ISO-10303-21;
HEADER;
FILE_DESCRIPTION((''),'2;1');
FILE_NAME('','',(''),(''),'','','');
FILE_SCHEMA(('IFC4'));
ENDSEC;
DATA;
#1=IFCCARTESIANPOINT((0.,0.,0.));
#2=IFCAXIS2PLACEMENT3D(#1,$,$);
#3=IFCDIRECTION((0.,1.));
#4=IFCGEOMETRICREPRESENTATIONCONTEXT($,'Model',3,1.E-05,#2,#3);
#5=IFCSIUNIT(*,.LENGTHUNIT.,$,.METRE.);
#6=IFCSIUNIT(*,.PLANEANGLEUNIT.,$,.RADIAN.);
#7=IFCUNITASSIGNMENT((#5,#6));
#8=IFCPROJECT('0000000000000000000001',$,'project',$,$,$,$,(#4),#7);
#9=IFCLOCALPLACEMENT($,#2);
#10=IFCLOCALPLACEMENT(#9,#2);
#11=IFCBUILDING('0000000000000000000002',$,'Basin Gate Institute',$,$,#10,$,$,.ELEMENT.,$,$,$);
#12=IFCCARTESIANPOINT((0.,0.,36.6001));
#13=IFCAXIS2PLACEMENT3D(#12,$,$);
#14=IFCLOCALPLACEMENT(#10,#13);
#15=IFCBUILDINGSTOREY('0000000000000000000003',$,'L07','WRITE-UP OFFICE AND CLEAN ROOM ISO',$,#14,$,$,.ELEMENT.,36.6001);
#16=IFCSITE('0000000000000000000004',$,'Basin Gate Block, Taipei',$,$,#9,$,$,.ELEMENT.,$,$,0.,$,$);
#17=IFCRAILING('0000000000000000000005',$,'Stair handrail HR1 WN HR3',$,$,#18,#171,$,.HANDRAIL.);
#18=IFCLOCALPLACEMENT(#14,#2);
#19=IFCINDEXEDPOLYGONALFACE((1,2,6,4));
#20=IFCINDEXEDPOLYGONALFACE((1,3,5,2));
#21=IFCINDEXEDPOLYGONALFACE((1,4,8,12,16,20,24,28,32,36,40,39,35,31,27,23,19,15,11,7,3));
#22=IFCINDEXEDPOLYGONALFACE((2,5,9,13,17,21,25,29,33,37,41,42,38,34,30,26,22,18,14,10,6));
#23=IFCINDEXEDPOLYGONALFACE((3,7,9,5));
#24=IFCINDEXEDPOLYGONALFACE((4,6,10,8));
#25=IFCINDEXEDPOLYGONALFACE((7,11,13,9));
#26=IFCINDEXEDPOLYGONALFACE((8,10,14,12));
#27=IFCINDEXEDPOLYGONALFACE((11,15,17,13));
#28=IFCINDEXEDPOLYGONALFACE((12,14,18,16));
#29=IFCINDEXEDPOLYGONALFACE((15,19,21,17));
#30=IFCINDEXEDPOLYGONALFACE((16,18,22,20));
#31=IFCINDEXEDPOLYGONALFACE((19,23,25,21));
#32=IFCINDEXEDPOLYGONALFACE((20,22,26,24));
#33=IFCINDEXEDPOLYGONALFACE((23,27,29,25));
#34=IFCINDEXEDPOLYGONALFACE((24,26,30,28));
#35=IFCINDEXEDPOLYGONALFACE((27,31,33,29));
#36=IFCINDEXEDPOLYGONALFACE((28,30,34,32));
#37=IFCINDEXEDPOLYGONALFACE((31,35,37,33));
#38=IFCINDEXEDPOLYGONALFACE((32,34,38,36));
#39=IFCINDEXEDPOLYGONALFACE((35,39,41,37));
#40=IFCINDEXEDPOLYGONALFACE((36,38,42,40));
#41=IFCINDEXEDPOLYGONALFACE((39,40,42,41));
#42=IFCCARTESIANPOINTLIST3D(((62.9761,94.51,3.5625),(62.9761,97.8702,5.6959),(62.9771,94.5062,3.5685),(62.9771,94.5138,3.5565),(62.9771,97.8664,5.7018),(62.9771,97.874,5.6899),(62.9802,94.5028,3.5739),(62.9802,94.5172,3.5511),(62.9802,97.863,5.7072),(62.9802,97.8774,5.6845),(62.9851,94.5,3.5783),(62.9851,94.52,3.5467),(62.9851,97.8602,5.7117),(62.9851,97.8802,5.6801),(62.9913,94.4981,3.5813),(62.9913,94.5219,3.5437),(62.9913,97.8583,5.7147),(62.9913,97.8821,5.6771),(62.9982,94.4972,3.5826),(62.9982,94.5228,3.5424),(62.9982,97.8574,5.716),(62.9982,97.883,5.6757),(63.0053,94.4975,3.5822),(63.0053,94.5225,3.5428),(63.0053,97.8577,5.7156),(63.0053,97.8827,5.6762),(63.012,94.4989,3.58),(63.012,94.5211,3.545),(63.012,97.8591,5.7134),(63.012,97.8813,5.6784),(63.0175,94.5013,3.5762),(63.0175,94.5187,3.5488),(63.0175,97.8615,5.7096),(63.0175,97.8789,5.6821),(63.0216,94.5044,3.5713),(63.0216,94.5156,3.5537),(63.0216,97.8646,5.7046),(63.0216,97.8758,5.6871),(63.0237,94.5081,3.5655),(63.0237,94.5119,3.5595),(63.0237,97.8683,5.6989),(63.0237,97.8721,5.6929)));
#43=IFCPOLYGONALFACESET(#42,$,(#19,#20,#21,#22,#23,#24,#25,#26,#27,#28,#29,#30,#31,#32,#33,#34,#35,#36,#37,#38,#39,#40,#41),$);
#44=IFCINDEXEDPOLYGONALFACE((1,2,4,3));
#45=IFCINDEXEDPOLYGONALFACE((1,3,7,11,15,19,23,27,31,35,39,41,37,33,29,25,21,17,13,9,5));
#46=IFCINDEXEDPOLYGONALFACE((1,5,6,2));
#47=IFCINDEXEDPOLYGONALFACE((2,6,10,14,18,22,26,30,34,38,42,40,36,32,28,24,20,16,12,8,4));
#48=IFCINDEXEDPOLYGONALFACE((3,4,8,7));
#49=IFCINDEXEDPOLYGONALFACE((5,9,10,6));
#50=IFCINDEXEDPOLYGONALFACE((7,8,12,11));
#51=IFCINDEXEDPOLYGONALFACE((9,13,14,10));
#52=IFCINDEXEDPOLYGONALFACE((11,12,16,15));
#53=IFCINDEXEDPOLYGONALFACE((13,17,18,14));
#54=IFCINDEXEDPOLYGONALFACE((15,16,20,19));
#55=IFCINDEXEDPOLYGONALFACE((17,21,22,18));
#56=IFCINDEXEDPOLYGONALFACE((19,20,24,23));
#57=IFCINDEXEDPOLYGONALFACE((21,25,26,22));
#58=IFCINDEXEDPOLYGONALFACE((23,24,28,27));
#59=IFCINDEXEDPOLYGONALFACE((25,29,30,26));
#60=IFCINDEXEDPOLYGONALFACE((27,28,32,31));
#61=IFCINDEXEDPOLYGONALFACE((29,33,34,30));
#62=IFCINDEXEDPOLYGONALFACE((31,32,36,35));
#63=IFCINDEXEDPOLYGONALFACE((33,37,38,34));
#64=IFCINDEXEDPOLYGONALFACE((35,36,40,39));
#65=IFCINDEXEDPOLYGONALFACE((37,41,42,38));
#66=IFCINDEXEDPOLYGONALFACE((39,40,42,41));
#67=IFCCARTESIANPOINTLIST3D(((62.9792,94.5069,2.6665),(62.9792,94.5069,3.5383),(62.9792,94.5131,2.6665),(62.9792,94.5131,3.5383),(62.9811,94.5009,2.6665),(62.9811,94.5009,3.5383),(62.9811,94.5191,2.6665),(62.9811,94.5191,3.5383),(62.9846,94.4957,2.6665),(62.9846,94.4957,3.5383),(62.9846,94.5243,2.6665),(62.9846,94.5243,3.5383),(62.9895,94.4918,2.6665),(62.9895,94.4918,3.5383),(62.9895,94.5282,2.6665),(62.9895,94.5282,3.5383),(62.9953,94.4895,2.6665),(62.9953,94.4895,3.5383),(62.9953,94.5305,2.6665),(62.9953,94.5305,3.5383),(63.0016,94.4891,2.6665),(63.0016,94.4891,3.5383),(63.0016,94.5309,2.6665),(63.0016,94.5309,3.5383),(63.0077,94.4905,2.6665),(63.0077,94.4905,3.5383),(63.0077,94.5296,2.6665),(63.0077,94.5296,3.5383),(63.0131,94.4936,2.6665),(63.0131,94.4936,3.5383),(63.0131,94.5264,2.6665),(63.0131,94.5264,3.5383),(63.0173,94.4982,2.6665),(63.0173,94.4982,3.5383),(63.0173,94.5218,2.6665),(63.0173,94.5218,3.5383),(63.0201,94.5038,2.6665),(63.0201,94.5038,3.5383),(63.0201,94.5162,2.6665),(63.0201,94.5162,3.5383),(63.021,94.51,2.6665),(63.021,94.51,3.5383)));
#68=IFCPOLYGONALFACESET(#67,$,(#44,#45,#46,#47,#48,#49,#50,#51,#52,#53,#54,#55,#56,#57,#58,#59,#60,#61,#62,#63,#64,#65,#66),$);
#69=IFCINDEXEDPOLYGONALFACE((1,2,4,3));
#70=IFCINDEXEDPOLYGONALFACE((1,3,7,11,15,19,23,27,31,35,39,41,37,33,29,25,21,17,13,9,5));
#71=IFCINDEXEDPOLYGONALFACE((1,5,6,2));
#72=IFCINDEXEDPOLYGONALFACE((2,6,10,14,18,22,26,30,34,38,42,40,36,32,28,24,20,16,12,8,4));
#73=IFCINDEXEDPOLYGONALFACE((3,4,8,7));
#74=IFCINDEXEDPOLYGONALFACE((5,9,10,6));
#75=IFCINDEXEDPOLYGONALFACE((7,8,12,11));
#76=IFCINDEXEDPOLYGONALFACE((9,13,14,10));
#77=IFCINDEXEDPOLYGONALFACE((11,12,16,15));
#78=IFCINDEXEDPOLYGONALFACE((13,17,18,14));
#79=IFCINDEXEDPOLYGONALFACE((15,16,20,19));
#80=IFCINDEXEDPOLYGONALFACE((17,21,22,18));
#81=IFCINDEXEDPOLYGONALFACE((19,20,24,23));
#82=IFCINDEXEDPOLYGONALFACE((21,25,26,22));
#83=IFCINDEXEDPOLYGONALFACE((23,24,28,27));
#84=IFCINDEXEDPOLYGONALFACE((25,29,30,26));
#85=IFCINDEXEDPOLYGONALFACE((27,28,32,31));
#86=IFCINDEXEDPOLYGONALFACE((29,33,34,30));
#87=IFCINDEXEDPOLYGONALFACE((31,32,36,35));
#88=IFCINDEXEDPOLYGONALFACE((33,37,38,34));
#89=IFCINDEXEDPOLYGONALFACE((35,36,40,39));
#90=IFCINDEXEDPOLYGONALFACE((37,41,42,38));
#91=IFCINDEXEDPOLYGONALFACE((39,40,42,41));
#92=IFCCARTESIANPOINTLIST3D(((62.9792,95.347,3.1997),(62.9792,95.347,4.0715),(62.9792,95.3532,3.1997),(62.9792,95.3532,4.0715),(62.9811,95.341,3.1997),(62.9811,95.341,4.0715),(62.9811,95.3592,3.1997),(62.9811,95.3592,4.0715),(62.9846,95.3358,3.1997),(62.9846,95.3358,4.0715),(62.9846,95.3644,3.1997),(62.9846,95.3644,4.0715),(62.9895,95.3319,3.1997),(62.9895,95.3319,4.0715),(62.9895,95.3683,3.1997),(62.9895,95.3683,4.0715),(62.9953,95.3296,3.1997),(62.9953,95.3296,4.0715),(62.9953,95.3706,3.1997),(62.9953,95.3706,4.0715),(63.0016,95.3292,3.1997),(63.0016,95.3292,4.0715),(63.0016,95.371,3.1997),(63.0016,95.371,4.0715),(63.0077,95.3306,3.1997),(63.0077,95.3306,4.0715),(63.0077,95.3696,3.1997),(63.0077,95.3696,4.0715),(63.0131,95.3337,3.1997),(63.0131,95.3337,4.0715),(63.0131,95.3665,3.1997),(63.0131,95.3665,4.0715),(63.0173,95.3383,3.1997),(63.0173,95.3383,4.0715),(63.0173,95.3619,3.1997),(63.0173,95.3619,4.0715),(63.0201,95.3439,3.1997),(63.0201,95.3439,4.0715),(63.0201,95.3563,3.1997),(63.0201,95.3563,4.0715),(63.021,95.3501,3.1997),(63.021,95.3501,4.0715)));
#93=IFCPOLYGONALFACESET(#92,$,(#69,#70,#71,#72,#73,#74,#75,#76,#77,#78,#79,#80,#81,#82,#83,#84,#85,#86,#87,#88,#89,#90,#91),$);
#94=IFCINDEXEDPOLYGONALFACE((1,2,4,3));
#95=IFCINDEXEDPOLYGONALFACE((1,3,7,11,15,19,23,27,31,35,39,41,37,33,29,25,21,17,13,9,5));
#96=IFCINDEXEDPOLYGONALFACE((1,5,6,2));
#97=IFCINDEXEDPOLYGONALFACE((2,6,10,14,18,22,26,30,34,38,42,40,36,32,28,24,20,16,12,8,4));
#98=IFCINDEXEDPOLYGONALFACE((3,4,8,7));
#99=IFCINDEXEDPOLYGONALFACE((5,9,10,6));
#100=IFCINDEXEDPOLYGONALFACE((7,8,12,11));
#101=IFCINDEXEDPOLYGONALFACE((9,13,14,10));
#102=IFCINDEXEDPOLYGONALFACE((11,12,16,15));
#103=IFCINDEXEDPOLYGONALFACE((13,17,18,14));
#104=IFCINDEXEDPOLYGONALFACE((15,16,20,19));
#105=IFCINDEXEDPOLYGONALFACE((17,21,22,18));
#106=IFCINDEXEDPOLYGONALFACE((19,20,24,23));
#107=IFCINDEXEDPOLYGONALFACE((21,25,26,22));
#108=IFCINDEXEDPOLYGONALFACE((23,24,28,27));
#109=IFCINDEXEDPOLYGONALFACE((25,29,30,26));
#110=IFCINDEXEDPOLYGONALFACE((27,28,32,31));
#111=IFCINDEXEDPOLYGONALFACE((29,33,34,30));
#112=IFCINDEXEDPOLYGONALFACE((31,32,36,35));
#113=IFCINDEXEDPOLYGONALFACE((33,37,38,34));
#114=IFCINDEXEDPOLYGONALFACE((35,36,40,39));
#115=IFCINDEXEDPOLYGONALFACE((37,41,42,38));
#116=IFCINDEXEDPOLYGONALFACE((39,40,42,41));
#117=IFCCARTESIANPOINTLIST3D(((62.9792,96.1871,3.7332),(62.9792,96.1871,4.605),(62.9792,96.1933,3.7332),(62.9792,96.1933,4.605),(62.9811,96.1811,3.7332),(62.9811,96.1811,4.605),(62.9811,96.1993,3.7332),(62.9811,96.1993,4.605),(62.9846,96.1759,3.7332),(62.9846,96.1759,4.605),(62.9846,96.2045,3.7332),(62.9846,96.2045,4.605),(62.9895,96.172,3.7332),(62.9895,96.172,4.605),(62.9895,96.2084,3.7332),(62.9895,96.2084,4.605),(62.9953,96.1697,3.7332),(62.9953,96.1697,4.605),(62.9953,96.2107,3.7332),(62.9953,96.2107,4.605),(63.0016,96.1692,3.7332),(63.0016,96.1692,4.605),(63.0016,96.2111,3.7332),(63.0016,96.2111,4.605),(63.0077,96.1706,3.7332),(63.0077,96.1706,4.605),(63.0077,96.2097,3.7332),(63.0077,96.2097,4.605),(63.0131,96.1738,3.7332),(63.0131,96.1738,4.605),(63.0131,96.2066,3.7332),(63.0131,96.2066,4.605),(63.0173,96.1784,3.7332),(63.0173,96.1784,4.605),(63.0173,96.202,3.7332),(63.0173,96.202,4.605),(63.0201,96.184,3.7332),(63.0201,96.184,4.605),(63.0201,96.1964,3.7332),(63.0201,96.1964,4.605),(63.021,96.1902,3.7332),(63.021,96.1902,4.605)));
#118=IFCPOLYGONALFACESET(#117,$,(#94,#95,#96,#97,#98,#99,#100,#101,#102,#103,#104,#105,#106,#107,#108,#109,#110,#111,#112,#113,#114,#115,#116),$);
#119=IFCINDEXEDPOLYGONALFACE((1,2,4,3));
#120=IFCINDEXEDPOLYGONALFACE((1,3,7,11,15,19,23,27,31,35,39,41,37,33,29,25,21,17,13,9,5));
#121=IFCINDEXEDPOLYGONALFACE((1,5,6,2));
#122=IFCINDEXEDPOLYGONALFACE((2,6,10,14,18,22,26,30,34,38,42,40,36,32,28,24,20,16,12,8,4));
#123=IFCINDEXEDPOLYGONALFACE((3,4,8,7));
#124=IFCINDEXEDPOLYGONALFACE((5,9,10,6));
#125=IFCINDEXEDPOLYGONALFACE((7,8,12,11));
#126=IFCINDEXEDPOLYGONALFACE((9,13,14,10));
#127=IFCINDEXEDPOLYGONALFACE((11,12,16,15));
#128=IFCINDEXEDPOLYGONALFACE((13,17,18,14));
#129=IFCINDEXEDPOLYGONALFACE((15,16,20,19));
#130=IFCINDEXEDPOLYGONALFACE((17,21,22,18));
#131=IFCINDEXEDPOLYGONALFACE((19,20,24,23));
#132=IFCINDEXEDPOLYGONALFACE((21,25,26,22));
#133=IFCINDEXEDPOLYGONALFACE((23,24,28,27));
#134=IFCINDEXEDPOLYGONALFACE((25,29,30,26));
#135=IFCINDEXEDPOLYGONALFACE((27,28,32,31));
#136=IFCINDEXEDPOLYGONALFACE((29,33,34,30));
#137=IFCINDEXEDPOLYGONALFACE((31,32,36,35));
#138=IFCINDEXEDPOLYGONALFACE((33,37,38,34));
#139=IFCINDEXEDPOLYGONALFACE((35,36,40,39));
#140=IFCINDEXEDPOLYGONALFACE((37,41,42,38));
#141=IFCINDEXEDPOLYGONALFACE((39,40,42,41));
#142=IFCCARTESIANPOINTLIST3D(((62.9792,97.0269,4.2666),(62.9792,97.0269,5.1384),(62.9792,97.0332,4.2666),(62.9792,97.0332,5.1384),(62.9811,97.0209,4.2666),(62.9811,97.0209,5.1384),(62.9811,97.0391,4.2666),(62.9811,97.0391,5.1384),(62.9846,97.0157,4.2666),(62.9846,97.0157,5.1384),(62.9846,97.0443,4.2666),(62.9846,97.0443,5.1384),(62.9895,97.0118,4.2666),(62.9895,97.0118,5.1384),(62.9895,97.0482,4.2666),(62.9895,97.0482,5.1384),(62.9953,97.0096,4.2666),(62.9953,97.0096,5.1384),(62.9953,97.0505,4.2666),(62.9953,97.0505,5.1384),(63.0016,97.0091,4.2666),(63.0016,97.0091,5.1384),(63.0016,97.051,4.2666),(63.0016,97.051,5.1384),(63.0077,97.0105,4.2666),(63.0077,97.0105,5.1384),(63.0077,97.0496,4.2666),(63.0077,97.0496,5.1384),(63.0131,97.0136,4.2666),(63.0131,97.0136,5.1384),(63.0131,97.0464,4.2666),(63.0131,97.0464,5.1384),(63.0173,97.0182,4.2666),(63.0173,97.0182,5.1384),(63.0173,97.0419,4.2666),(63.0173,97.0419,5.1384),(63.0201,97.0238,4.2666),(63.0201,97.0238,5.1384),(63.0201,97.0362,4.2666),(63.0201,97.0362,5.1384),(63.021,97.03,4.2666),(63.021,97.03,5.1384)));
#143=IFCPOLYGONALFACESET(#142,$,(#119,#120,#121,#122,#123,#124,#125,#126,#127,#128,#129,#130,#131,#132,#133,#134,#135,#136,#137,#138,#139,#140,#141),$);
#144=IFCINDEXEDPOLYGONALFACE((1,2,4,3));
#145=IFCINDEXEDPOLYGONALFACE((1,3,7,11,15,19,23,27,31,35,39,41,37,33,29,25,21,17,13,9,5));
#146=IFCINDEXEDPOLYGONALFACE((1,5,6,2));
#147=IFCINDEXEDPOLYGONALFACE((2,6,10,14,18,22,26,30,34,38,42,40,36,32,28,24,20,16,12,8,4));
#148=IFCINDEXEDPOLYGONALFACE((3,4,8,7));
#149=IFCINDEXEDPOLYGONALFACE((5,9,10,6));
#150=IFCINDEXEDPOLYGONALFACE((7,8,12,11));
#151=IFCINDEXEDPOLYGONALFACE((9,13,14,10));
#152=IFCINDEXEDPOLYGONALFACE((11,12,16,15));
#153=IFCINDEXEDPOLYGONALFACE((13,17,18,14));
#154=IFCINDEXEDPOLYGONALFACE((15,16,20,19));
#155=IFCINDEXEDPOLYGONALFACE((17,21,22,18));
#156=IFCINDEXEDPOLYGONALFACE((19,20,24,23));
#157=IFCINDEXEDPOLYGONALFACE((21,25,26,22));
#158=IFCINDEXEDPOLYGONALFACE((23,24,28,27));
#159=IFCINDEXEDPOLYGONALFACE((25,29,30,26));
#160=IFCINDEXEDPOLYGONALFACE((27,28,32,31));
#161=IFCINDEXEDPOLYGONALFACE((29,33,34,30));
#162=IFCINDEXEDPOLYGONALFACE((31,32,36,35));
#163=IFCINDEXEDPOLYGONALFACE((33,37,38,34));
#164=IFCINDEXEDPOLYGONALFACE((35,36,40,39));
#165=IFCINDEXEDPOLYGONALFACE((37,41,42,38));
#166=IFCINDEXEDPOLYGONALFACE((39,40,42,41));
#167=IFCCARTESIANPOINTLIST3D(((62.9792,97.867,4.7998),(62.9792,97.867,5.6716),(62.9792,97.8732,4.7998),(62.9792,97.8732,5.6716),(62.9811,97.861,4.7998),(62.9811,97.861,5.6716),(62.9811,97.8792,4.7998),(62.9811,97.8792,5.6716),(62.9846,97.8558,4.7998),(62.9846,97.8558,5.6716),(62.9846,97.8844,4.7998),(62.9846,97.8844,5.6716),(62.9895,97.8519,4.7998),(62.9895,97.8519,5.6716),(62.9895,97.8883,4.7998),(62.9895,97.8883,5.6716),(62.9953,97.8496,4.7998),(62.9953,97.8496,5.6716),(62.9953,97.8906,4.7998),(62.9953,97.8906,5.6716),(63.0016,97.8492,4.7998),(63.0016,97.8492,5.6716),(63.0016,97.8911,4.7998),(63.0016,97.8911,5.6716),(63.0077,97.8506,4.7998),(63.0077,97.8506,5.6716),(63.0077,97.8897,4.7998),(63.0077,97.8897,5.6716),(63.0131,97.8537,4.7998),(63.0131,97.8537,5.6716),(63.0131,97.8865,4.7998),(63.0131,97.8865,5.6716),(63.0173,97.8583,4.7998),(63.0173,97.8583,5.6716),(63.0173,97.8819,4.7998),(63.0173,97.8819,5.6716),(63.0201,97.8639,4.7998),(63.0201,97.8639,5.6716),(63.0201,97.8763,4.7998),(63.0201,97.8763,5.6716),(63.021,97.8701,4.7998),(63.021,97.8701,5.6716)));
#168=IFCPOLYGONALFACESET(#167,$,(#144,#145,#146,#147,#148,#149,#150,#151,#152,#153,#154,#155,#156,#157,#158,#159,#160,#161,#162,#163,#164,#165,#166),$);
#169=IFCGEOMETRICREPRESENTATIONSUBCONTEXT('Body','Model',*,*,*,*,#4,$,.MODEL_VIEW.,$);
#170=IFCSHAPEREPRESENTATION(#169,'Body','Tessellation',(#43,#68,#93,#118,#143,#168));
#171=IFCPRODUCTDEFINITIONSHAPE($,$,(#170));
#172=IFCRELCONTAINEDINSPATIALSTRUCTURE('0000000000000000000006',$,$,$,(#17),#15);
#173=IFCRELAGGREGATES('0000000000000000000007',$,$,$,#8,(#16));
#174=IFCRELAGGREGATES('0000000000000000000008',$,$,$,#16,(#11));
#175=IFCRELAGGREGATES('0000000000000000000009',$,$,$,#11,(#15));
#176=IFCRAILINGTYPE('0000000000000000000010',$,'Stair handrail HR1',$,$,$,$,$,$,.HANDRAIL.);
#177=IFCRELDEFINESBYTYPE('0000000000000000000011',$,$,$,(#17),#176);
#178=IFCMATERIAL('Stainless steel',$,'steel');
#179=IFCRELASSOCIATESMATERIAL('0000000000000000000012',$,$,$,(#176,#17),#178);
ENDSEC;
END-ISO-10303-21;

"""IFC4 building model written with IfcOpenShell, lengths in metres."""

from ifc_helpers import new_model, si_unit, direction, frame, origin, origin_2d, place, context, subcontext, project, spatial, circle, extrude, material, type_object, element, save


model = new_model("IFC4")

# Units and contexts
model_context = context("Model", 3, precision=1e-05, world=origin(), true_north=direction((0.0, 1.0)))
body_context = subcontext(model_context, "Body", "Model", "MODEL_VIEW")
ifc_project = project(units=[si_unit("LENGTHUNIT", "METRE"), si_unit("PLANEANGLEUNIT", "RADIAN")], contexts=[model_context])

# Site, building, storey
site_placement = place(None, origin())
site = spatial("IfcSite", under=ifc_project, at=site_placement, Name="Basin Gate Block, Taipei", CompositionType="ELEMENT", RefElevation=0.0)
building_placement = place(site_placement, origin())
building = spatial("IfcBuilding", under=site, at=building_placement, Name="Basin Gate Institute", CompositionType="ELEMENT")
storey_placement = place(building_placement, frame((0.0, 0.0, 36.6001)))
storey = spatial("IfcBuildingStorey", under=building, at=storey_placement, Name="L07", Description="WRITE-UP OFFICE AND CLEAN ROOM ISO", CompositionType="ELEMENT", Elevation=36.6001)

# Railing
ifc_material_1 = material(Name="Stainless steel", Category="steel")
railing_type_1 = type_object("IfcRailingType", Name="Stair handrail HR1", PredefinedType="HANDRAIL", material=ifc_material_1)
railing_1_placement = place(storey_placement, frame((63.0, 94.51, 2.6665)))
element("IfcRailing", 1, at=railing_1_placement, inside=storey, type_object=railing_type_1, material=ifc_material_1, Name="Stair handrail HR1 WN HR3", PredefinedType="HANDRAIL", context=body_context, shape_type="SweptSolid", body=[
    extrude(circle(Radius=0.0239, at=origin_2d()), frame((0.0, 0.0, 0.896), z_axis=(0.0, 0.844224, 0.53599), x_axis=(-1.0, 0.0, 0.0)), (0.0, 0.0, 1.0), 3.9802),
    extrude(circle(Radius=0.021, at=origin_2d()), origin(), (0.0, 0.0, 1.0), 0.8718),
    extrude(circle(Radius=0.021, at=origin_2d()), frame((0.0, 0.8401, 0.5332)), (0.0, 0.0, 1.0), 0.8718),
    extrude(circle(Radius=0.021, at=origin_2d()), frame((0.0, 1.6802, 1.0667)), (0.0, 0.0, 1.0), 0.8718),
    extrude(circle(Radius=0.021, at=origin_2d()), frame((0.0, 2.52, 1.6001)), (0.0, 0.0, 1.0), 0.8718),
    extrude(circle(Radius=0.021, at=origin_2d()), frame((0.0, 3.3601, 2.1333)), (0.0, 0.0, 1.0), 0.8718),
])

save(model, "model.ifc")
